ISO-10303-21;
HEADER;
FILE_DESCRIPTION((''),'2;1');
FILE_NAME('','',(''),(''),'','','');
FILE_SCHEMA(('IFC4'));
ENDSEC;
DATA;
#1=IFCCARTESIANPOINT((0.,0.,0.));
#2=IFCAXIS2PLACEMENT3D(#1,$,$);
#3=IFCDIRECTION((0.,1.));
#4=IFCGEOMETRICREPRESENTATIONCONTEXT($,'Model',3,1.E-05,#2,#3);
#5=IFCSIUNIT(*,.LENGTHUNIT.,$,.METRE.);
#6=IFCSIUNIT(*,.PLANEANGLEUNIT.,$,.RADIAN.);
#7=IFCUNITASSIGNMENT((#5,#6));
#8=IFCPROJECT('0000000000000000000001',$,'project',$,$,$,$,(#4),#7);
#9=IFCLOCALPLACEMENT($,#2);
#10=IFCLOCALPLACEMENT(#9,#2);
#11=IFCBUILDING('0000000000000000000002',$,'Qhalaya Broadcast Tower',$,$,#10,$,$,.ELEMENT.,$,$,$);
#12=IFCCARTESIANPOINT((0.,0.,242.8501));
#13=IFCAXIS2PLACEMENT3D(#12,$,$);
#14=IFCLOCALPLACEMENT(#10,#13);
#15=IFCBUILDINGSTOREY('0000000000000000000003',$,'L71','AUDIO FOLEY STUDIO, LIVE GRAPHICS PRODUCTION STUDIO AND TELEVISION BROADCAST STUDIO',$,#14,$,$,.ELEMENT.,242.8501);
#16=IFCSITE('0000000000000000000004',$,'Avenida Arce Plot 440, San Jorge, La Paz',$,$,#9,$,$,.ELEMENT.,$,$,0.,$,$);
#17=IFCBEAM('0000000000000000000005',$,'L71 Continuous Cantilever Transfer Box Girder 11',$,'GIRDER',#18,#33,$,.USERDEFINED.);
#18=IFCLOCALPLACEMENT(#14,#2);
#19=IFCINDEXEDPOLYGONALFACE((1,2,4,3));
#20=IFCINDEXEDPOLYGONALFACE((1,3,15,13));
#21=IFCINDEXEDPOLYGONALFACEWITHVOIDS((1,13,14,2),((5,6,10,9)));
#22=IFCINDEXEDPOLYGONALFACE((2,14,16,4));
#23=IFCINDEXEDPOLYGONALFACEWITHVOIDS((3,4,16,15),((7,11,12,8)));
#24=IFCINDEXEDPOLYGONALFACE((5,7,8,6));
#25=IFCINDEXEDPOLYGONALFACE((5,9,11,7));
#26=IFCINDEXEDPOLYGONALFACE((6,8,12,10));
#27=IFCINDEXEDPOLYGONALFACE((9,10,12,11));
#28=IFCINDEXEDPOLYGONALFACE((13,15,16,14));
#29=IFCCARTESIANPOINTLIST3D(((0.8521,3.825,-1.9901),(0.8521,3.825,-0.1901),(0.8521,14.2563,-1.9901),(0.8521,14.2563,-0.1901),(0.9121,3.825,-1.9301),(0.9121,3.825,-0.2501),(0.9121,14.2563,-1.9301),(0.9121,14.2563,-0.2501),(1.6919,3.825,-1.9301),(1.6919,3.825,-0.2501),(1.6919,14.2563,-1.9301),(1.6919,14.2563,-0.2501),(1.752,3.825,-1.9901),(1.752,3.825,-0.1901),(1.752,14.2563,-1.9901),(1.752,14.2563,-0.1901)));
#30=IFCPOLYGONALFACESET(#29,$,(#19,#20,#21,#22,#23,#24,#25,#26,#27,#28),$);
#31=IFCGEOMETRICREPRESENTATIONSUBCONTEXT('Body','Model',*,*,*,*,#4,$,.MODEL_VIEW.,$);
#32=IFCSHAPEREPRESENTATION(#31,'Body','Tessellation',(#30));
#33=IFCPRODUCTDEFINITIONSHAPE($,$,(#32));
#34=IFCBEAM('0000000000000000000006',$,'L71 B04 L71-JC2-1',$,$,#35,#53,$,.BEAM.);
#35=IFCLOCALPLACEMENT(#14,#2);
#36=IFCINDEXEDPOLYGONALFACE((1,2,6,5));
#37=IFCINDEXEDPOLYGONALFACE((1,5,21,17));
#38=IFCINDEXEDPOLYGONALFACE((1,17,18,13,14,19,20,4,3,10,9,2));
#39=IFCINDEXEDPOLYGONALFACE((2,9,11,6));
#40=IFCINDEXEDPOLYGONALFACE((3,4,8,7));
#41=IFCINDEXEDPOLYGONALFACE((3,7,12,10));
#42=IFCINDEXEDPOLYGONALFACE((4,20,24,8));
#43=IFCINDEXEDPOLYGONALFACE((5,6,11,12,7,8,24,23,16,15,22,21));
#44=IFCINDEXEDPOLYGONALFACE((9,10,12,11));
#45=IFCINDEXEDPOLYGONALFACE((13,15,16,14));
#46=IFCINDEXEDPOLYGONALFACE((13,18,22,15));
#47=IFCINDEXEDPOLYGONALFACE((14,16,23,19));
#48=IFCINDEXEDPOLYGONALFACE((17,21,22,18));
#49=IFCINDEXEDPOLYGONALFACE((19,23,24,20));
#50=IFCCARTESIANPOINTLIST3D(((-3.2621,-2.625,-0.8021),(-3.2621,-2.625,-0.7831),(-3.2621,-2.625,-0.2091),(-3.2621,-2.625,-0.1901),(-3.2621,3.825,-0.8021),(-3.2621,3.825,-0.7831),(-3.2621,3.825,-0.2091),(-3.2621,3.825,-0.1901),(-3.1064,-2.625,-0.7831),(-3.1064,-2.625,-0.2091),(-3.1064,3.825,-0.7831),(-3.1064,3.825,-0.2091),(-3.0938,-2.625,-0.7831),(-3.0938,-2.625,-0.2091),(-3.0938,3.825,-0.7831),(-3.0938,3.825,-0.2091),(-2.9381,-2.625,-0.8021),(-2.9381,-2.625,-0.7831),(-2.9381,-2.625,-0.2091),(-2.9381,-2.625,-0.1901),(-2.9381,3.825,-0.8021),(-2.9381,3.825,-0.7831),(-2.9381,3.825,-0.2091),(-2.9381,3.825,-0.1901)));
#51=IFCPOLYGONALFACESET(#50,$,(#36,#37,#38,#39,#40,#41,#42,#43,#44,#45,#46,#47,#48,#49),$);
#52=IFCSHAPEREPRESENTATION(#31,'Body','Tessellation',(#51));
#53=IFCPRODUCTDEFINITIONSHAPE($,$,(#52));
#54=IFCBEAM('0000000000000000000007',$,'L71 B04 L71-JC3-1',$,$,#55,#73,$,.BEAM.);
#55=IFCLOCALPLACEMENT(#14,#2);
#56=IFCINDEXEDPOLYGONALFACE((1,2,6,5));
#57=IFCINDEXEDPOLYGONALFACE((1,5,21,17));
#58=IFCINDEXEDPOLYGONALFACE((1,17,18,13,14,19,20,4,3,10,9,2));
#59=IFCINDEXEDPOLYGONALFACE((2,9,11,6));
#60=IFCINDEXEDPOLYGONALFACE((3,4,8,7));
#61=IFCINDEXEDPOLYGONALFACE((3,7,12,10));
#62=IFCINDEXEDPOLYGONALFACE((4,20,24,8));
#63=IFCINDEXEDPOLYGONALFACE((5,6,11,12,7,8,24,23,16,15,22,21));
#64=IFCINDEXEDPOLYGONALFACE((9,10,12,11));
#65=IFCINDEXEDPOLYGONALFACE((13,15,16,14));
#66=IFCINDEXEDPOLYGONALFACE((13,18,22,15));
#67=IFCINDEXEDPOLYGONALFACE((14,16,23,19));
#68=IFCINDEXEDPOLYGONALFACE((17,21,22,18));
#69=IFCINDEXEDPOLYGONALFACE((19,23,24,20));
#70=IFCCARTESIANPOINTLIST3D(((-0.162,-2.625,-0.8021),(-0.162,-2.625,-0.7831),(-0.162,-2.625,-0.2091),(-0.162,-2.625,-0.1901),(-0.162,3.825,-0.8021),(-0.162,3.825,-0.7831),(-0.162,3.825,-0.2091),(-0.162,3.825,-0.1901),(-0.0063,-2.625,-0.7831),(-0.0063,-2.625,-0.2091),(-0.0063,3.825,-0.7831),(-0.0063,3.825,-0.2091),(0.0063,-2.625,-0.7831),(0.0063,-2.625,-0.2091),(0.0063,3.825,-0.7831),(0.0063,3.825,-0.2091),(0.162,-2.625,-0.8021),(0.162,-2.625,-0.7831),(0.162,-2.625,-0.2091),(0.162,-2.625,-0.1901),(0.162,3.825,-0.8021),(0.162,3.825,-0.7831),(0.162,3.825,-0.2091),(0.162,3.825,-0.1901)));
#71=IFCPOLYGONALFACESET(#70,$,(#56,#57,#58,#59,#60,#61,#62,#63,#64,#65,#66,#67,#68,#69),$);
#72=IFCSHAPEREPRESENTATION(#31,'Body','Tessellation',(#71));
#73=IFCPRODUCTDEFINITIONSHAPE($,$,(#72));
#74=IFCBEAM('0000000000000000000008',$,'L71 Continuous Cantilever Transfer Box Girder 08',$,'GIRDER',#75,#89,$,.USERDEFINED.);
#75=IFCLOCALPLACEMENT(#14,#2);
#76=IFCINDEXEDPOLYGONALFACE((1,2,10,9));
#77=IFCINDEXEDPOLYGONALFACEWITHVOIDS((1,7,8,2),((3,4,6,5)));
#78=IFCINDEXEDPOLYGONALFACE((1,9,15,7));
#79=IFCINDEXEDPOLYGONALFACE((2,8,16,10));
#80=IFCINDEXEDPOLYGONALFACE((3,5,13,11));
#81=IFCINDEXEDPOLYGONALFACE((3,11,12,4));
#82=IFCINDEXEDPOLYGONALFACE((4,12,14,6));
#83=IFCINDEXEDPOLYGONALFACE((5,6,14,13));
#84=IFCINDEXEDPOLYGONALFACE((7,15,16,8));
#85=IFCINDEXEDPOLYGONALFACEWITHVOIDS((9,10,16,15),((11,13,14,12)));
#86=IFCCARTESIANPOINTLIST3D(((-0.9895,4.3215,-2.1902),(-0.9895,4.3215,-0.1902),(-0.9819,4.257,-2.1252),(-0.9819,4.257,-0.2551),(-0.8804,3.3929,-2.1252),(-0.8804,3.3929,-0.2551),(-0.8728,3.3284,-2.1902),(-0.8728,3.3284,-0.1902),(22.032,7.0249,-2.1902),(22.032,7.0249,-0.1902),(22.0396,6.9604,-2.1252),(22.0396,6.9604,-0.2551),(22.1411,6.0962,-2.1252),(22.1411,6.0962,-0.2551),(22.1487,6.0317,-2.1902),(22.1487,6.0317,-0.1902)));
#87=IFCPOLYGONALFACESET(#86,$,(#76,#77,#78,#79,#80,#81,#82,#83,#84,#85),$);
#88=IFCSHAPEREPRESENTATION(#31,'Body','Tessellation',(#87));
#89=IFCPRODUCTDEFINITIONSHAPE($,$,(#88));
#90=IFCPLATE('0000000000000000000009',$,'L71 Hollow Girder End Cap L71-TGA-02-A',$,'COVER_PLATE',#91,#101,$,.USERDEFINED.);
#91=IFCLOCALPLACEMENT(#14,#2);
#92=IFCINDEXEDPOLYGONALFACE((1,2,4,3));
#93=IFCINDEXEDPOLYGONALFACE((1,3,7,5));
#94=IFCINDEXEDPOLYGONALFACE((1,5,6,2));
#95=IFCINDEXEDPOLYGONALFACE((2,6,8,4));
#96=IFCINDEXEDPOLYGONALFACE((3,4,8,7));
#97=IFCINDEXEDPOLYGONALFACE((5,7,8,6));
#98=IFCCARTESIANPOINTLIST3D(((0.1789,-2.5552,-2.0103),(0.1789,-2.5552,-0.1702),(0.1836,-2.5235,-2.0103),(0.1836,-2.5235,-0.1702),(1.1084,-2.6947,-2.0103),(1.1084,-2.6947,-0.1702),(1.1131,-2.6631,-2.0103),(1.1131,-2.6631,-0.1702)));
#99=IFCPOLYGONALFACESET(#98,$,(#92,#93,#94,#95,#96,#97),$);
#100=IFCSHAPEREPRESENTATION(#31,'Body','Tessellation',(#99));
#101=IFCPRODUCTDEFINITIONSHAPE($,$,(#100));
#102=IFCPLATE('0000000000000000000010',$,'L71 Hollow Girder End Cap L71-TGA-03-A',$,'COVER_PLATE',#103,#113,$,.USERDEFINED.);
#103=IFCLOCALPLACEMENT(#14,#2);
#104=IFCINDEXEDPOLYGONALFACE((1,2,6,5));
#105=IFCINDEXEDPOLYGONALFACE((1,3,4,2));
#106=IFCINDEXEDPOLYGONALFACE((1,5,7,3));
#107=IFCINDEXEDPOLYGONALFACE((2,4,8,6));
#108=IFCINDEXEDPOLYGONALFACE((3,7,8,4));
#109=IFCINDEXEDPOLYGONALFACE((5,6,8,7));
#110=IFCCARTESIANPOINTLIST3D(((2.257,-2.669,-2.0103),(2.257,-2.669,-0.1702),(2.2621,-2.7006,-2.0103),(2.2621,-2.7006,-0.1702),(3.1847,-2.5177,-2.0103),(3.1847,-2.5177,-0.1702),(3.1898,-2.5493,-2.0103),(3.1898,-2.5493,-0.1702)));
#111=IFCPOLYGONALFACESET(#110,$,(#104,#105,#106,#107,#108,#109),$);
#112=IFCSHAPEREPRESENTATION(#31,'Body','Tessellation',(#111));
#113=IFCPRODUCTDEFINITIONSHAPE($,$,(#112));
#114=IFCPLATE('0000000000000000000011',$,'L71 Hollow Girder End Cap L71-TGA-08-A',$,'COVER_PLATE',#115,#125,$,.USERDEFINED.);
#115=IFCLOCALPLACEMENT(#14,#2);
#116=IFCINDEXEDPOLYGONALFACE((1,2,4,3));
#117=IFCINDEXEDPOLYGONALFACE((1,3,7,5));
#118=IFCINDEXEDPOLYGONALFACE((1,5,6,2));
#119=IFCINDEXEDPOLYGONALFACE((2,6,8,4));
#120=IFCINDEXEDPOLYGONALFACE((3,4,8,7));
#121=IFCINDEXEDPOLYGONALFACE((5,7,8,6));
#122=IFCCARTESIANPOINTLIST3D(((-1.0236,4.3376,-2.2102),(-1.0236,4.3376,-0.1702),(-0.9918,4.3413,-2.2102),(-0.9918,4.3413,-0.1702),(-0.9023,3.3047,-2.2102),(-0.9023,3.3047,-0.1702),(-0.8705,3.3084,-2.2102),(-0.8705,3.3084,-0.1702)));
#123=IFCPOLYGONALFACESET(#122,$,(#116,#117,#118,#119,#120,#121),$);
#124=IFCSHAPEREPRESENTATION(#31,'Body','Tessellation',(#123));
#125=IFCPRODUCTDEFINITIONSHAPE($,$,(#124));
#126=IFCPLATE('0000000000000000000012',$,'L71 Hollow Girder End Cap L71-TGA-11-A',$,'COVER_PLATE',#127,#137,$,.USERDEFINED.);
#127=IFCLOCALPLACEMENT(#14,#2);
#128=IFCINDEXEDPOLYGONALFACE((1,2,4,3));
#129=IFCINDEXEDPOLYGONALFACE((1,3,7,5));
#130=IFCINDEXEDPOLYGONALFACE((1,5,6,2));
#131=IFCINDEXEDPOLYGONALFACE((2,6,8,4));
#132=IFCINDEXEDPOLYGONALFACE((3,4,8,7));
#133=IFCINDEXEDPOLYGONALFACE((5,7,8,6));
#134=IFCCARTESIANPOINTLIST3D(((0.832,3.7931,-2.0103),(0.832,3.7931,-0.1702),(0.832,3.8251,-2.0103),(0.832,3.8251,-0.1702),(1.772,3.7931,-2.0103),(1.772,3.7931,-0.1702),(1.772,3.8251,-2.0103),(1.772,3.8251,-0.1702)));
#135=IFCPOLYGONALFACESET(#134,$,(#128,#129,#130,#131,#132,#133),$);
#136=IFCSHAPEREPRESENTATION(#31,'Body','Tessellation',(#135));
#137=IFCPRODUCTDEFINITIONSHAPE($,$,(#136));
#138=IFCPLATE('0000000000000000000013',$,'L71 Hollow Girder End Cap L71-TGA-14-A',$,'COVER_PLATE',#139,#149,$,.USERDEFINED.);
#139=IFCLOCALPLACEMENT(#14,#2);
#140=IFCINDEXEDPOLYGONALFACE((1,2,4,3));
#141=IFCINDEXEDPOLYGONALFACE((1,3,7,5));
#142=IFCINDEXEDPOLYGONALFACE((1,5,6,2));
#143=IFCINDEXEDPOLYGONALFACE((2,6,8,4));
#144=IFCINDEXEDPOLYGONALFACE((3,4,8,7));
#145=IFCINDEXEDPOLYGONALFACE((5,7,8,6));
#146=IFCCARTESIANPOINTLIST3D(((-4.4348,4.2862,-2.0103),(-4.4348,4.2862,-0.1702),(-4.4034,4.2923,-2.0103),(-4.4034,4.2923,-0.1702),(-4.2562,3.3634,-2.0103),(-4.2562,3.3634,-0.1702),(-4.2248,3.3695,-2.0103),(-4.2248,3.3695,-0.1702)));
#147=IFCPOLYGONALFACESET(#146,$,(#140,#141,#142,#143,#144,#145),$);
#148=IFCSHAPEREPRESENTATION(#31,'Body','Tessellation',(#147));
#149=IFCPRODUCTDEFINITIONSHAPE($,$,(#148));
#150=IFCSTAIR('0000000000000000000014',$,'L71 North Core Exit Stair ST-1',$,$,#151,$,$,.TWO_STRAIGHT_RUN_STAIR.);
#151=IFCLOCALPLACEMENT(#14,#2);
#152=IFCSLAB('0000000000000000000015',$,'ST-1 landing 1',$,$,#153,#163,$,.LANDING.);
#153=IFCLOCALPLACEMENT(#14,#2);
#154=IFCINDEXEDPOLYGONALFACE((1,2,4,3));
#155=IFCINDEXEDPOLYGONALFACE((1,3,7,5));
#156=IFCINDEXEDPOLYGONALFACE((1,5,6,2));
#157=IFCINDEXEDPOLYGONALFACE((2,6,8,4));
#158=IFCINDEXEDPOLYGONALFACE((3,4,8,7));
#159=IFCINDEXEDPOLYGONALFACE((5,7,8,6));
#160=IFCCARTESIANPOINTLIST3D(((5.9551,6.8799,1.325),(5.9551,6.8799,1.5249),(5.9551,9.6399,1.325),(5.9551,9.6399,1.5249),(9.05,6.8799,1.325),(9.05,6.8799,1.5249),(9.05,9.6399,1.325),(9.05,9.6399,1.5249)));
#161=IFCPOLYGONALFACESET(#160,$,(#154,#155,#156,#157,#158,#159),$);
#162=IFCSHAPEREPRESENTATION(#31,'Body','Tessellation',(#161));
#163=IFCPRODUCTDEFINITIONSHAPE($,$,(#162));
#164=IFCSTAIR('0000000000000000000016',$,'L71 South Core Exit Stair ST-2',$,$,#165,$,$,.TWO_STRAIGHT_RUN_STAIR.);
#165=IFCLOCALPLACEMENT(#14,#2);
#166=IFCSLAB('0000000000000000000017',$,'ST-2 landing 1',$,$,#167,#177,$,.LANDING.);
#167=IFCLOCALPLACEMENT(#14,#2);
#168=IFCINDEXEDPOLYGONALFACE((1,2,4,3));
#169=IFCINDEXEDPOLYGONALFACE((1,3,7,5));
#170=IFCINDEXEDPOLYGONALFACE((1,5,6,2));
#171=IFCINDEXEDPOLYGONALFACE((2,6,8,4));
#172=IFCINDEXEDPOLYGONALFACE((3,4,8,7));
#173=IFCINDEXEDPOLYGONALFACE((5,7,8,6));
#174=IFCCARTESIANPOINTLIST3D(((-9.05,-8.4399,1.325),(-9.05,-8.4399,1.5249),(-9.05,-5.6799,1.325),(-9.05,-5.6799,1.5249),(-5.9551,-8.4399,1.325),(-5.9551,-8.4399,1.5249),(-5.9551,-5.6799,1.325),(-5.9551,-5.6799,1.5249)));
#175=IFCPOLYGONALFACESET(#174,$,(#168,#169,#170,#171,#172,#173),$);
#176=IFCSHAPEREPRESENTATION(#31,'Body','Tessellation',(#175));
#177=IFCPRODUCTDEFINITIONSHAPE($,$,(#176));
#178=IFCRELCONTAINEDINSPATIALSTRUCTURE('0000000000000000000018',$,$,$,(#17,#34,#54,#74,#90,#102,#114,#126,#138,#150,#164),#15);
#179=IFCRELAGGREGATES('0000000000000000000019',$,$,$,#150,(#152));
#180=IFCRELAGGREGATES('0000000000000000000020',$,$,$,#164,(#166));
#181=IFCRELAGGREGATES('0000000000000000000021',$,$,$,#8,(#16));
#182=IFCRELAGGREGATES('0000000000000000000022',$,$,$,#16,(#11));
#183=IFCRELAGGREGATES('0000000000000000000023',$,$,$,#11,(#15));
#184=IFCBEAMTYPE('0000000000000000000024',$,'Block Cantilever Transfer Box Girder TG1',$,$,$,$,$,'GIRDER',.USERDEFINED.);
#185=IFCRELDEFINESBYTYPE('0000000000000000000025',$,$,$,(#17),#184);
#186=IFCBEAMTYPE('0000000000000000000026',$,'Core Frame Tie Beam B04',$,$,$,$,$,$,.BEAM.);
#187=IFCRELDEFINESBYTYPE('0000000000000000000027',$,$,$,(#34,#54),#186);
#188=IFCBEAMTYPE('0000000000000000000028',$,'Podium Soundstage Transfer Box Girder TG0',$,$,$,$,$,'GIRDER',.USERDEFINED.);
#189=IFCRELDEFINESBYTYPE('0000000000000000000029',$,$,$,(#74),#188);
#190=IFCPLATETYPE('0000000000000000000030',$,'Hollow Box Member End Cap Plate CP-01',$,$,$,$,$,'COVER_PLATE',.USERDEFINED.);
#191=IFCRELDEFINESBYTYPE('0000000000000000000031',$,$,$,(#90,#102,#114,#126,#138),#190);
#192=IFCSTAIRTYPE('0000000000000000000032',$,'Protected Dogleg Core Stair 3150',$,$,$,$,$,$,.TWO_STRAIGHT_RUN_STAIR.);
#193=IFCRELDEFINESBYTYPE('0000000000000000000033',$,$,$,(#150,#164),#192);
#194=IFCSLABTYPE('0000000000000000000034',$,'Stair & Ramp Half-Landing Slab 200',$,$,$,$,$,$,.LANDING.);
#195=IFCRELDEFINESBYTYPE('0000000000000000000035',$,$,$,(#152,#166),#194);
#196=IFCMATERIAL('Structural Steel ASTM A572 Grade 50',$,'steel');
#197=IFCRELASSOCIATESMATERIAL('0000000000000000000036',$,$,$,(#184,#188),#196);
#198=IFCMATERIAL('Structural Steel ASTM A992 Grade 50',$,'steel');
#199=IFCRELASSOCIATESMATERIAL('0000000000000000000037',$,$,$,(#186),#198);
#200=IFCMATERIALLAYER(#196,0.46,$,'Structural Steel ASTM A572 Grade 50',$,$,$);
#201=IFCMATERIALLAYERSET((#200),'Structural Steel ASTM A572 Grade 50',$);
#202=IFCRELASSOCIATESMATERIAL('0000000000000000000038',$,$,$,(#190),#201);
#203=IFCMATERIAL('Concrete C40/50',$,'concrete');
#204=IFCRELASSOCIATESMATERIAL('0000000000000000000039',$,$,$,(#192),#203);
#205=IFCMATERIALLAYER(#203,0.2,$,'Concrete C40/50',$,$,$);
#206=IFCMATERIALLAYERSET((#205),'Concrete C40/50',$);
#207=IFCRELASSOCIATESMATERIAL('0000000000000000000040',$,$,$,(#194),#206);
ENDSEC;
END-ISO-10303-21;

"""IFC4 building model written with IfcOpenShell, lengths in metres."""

from ifc_helpers import new_model, si_unit, direction, frame, origin, origin_2d, place, context, subcontext, project, spatial, polyline, rectangle, hollow_rectangle, i_section, outline, extrude, material, layer, layer_set, material_profile, profile_set, type_object, element, aggregate, save


model = new_model("IFC4")

# Units and contexts
model_context = context("Model", 3, precision=1e-05, world=origin(), true_north=direction((0.0, 1.0)))
body_context = subcontext(model_context, "Body", "Model", "MODEL_VIEW")
ifc_project = project(units=[si_unit("LENGTHUNIT", "METRE"), si_unit("PLANEANGLEUNIT", "RADIAN")], contexts=[model_context])

# Site, building, storey
site_placement = place(None, origin())
site = spatial("IfcSite", under=ifc_project, at=site_placement, Name="Avenida Arce Plot 440, San Jorge, La Paz", CompositionType="ELEMENT", RefElevation=0.0)
building_placement = place(site_placement, origin())
building = spatial("IfcBuilding", under=site, at=building_placement, Name="Qhalaya Broadcast Tower", CompositionType="ELEMENT")
storey_placement = place(building_placement, frame((0.0, 0.0, 242.8501)))
storey = spatial("IfcBuildingStorey", under=building, at=storey_placement, Name="L71", Description="AUDIO FOLEY STUDIO, LIVE GRAPHICS PRODUCTION STUDIO AND TELEVISION BROADCAST STUDIO", CompositionType="ELEMENT", Elevation=242.8501)

# Beams
ifc_material_1 = material(Name="Structural Steel ASTM A572 Grade 50", Category="steel")
ifc_material_profile_1 = material_profile(ifc_material_1, hollow_rectangle(XDim=0.8999, YDim=1.8, WallThickness=0.0601, at=origin_2d()), Name="BOX 900x1800x60")
ifc_profile_set_1 = profile_set([ifc_material_profile_1], Name="Structural Steel ASTM A572 Grade 50")
beam_type_1 = type_object("IfcBeamType", Name="Block Cantilever Transfer Box Girder TG1", ElementType="GIRDER", PredefinedType="USERDEFINED", material=ifc_profile_set_1)
beam_1_placement = place(storey_placement, frame((1.302, 3.825, -1.0901), z_axis=(0.0, 1.0, 0.0), x_axis=(-1.0, 0.0, 0.0)))
element("IfcBeam", 1, at=beam_1_placement, inside=storey, type_object=beam_type_1, Name="L71 Continuous Cantilever Transfer Box Girder 11", ObjectType="GIRDER", PredefinedType="USERDEFINED", context=body_context, shape_type="SweptSolid", body=[
    extrude(hollow_rectangle(XDim=0.8999, YDim=1.8, WallThickness=0.0601, at=origin_2d()), origin(), (0.0, 0.0, 1.0), 10.4314),
])
ifc_material_2 = material(Name="Structural Steel ASTM A992 Grade 50", Category="steel")
ifc_material_profile_2 = material_profile(ifc_material_2, i_section(OverallWidth=0.324, OverallDepth=0.6121, WebThickness=0.0127, FlangeThickness=0.019, at=origin_2d()), Name="W24X104")
ifc_profile_set_2 = profile_set([ifc_material_profile_2], Name="Structural Steel ASTM A992 Grade 50")
beam_type_2 = type_object("IfcBeamType", Name="Core Frame Tie Beam B04", PredefinedType="BEAM", material=ifc_profile_set_2)
for number, where, z_axis, x_axis, name in (
    (2, (-3.1001, -2.625, -0.4961), (0.0, 1.0, 0.0), (-1.0, 0.0, 0.0), "L71 B04 L71-JC2-1"),
    (3, (0.0, -2.625, -0.4961), (0.0, 1.0, 0.0), (-1.0, 0.0, 0.0), "L71 B04 L71-JC3-1"),
):
    element("IfcBeam", number, at=place(storey_placement, frame(where, z_axis=z_axis, x_axis=x_axis)), inside=storey, type_object=beam_type_2, Name=name, PredefinedType="BEAM", context=body_context, shape_type="SweptSolid", body=[
        extrude(i_section(OverallWidth=0.324, OverallDepth=0.6121, WebThickness=0.0127, FlangeThickness=0.019, at=origin_2d()), origin(), (0.0, 0.0, 1.0), 6.45),
    ])
ifc_material_profile_3 = material_profile(ifc_material_1, hollow_rectangle(XDim=1.0, YDim=2.0, WallThickness=0.0649, at=origin_2d()), Name="BOX 1000x2000x65")
ifc_profile_set_3 = profile_set([ifc_material_profile_3], Name="Structural Steel ASTM A572 Grade 50")
beam_type_3 = type_object("IfcBeamType", Name="Podium Soundstage Transfer Box Girder TG0", ElementType="GIRDER", PredefinedType="USERDEFINED", material=ifc_profile_set_3)
beam_2_placement = place(storey_placement, frame((-0.9312, 3.825, -1.1902), z_axis=(0.993176, 0.116627, 0.0), x_axis=(-0.116627, 0.993176, 0.0)))
element("IfcBeam", 4, at=beam_2_placement, inside=storey, type_object=beam_type_3, Name="L71 Continuous Cantilever Transfer Box Girder 08", ObjectType="GIRDER", PredefinedType="USERDEFINED", context=body_context, shape_type="SweptSolid", body=[
    extrude(hollow_rectangle(XDim=1.0, YDim=2.0, WallThickness=0.0649, at=origin_2d()), origin(), (0.0, 0.0, 1.0), 23.1797),
])

# Plates
ifc_layer_1 = layer(ifc_material_1, 0.46, Name="Structural Steel ASTM A572 Grade 50")
ifc_layer_set_1 = layer_set([ifc_layer_1], Name="Structural Steel ASTM A572 Grade 50")
plate_type = type_object("IfcPlateType", Name="Hollow Box Member End Cap Plate CP-01", ElementType="COVER_PLATE", PredefinedType="USERDEFINED", material=ifc_layer_set_1)
for number, where, z_axis, x_axis, name in (
    (5, (0.646, -2.6091, -2.0103), (0.0, 0.0, 1.0), (0.988918, -0.148465, 0.0), "L71 Hollow Girder End Cap L71-TGA-02-A"),
    (6, (2.7234, -2.6091, -2.0103), (0.0, 0.0, 1.0), (0.986957, 0.160984, 0.0), "L71 Hollow Girder End Cap L71-TGA-03-A"),
):
    element("IfcPlate", number, at=place(storey_placement, frame(where, z_axis=z_axis, x_axis=x_axis)), inside=storey, type_object=plate_type, Name=name, ObjectType="COVER_PLATE", PredefinedType="USERDEFINED", context=body_context, shape_type="SweptSolid", body=[
        extrude(rectangle(XDim=0.9399, YDim=0.032, at=origin_2d()), origin(), (0.0, 0.0, 1.0), 1.8401),
    ])
plate_placement = place(storey_placement, frame((-0.947, 3.823, -2.2102), z_axis=(0.0, 0.0, 1.0), x_axis=(-0.116636, 0.993175, 0.0)))
element("IfcPlate", 7, at=plate_placement, inside=storey, type_object=plate_type, Name="L71 Hollow Girder End Cap L71-TGA-08-A", ObjectType="COVER_PLATE", PredefinedType="USERDEFINED", context=body_context, shape_type="SweptSolid", body=[
    extrude(rectangle(XDim=1.04, YDim=0.032, at=origin_2d()), origin(), (0.0, 0.0, 1.0), 2.04),
])
for number, where, z_axis, x_axis, name in (
    (8, (1.302, 3.8091, -2.0103), (0.0, 0.0, 1.0), (-1.0, 0.0, 0.0), "L71 Hollow Girder End Cap L71-TGA-11-A"),
    (9, (-4.3298, 3.8279, -2.0103), (0.0, 0.0, 1.0), (0.190038, -0.981777, 0.0), "L71 Hollow Girder End Cap L71-TGA-14-A"),
):
    element("IfcPlate", number, at=place(storey_placement, frame(where, z_axis=z_axis, x_axis=x_axis)), inside=storey, type_object=plate_type, Name=name, ObjectType="COVER_PLATE", PredefinedType="USERDEFINED", context=body_context, shape_type="SweptSolid", body=[
        extrude(rectangle(XDim=0.9399, YDim=0.032, at=origin_2d()), origin(), (0.0, 0.0, 1.0), 1.8401),
    ])

# Stairs, slabs
ifc_material_3 = material(Name="Concrete C40/50", Category="concrete")
stair_type = type_object("IfcStairType", Name="Protected Dogleg Core Stair 3150", PredefinedType="TWO_STRAIGHT_RUN_STAIR", material=ifc_material_3)
stair_1_placement = place(storey_placement, origin())
stair_1 = element("IfcStair", 10, at=stair_1_placement, inside=storey, type_object=stair_type, Name="L71 North Core Exit Stair ST-1", PredefinedType="TWO_STRAIGHT_RUN_STAIR")
ifc_layer_2 = layer(ifc_material_3, 0.2, Name="Concrete C40/50")
ifc_layer_set_2 = layer_set([ifc_layer_2], Name="Concrete C40/50")
slab_type_1 = type_object("IfcSlabType", Name="Stair & Ramp Half-Landing Slab 200", PredefinedType="LANDING", material=ifc_layer_set_2)
slab_1_placement = place(storey_placement, frame((0.0, 0.0, 1.325)))
slab_1 = element("IfcSlab", 11, at=slab_1_placement, type_object=slab_type_1, Name="ST-1 landing 1", PredefinedType="LANDING", context=body_context, shape_type="SweptSolid", body=[
    extrude(outline(polyline([(5.9551, 6.8799), (9.05, 6.8799), (9.05, 9.6399), (5.9551, 9.6399), (5.9551, 6.8799)])), origin(), (0.0, 0.0, 1.0), 0.2),
])
aggregate(stair_1, [slab_1])
stair_2_placement = place(storey_placement, origin())
stair_2 = element("IfcStair", 12, at=stair_2_placement, inside=storey, type_object=stair_type, Name="L71 South Core Exit Stair ST-2", PredefinedType="TWO_STRAIGHT_RUN_STAIR")
slab_2_placement = place(storey_placement, frame((0.0, 0.0, 1.325)))
slab_2 = element("IfcSlab", 13, at=slab_2_placement, type_object=slab_type_1, Name="ST-2 landing 1", PredefinedType="LANDING", context=body_context, shape_type="SweptSolid", body=[
    extrude(outline(polyline([(-5.9551, -5.6799), (-9.05, -5.6799), (-9.05, -8.4399), (-5.9551, -8.4399), (-5.9551, -5.6799)])), origin(), (0.0, 0.0, 1.0), 0.2),
])
aggregate(stair_2, [slab_2])

save(model, "model.ifc")
